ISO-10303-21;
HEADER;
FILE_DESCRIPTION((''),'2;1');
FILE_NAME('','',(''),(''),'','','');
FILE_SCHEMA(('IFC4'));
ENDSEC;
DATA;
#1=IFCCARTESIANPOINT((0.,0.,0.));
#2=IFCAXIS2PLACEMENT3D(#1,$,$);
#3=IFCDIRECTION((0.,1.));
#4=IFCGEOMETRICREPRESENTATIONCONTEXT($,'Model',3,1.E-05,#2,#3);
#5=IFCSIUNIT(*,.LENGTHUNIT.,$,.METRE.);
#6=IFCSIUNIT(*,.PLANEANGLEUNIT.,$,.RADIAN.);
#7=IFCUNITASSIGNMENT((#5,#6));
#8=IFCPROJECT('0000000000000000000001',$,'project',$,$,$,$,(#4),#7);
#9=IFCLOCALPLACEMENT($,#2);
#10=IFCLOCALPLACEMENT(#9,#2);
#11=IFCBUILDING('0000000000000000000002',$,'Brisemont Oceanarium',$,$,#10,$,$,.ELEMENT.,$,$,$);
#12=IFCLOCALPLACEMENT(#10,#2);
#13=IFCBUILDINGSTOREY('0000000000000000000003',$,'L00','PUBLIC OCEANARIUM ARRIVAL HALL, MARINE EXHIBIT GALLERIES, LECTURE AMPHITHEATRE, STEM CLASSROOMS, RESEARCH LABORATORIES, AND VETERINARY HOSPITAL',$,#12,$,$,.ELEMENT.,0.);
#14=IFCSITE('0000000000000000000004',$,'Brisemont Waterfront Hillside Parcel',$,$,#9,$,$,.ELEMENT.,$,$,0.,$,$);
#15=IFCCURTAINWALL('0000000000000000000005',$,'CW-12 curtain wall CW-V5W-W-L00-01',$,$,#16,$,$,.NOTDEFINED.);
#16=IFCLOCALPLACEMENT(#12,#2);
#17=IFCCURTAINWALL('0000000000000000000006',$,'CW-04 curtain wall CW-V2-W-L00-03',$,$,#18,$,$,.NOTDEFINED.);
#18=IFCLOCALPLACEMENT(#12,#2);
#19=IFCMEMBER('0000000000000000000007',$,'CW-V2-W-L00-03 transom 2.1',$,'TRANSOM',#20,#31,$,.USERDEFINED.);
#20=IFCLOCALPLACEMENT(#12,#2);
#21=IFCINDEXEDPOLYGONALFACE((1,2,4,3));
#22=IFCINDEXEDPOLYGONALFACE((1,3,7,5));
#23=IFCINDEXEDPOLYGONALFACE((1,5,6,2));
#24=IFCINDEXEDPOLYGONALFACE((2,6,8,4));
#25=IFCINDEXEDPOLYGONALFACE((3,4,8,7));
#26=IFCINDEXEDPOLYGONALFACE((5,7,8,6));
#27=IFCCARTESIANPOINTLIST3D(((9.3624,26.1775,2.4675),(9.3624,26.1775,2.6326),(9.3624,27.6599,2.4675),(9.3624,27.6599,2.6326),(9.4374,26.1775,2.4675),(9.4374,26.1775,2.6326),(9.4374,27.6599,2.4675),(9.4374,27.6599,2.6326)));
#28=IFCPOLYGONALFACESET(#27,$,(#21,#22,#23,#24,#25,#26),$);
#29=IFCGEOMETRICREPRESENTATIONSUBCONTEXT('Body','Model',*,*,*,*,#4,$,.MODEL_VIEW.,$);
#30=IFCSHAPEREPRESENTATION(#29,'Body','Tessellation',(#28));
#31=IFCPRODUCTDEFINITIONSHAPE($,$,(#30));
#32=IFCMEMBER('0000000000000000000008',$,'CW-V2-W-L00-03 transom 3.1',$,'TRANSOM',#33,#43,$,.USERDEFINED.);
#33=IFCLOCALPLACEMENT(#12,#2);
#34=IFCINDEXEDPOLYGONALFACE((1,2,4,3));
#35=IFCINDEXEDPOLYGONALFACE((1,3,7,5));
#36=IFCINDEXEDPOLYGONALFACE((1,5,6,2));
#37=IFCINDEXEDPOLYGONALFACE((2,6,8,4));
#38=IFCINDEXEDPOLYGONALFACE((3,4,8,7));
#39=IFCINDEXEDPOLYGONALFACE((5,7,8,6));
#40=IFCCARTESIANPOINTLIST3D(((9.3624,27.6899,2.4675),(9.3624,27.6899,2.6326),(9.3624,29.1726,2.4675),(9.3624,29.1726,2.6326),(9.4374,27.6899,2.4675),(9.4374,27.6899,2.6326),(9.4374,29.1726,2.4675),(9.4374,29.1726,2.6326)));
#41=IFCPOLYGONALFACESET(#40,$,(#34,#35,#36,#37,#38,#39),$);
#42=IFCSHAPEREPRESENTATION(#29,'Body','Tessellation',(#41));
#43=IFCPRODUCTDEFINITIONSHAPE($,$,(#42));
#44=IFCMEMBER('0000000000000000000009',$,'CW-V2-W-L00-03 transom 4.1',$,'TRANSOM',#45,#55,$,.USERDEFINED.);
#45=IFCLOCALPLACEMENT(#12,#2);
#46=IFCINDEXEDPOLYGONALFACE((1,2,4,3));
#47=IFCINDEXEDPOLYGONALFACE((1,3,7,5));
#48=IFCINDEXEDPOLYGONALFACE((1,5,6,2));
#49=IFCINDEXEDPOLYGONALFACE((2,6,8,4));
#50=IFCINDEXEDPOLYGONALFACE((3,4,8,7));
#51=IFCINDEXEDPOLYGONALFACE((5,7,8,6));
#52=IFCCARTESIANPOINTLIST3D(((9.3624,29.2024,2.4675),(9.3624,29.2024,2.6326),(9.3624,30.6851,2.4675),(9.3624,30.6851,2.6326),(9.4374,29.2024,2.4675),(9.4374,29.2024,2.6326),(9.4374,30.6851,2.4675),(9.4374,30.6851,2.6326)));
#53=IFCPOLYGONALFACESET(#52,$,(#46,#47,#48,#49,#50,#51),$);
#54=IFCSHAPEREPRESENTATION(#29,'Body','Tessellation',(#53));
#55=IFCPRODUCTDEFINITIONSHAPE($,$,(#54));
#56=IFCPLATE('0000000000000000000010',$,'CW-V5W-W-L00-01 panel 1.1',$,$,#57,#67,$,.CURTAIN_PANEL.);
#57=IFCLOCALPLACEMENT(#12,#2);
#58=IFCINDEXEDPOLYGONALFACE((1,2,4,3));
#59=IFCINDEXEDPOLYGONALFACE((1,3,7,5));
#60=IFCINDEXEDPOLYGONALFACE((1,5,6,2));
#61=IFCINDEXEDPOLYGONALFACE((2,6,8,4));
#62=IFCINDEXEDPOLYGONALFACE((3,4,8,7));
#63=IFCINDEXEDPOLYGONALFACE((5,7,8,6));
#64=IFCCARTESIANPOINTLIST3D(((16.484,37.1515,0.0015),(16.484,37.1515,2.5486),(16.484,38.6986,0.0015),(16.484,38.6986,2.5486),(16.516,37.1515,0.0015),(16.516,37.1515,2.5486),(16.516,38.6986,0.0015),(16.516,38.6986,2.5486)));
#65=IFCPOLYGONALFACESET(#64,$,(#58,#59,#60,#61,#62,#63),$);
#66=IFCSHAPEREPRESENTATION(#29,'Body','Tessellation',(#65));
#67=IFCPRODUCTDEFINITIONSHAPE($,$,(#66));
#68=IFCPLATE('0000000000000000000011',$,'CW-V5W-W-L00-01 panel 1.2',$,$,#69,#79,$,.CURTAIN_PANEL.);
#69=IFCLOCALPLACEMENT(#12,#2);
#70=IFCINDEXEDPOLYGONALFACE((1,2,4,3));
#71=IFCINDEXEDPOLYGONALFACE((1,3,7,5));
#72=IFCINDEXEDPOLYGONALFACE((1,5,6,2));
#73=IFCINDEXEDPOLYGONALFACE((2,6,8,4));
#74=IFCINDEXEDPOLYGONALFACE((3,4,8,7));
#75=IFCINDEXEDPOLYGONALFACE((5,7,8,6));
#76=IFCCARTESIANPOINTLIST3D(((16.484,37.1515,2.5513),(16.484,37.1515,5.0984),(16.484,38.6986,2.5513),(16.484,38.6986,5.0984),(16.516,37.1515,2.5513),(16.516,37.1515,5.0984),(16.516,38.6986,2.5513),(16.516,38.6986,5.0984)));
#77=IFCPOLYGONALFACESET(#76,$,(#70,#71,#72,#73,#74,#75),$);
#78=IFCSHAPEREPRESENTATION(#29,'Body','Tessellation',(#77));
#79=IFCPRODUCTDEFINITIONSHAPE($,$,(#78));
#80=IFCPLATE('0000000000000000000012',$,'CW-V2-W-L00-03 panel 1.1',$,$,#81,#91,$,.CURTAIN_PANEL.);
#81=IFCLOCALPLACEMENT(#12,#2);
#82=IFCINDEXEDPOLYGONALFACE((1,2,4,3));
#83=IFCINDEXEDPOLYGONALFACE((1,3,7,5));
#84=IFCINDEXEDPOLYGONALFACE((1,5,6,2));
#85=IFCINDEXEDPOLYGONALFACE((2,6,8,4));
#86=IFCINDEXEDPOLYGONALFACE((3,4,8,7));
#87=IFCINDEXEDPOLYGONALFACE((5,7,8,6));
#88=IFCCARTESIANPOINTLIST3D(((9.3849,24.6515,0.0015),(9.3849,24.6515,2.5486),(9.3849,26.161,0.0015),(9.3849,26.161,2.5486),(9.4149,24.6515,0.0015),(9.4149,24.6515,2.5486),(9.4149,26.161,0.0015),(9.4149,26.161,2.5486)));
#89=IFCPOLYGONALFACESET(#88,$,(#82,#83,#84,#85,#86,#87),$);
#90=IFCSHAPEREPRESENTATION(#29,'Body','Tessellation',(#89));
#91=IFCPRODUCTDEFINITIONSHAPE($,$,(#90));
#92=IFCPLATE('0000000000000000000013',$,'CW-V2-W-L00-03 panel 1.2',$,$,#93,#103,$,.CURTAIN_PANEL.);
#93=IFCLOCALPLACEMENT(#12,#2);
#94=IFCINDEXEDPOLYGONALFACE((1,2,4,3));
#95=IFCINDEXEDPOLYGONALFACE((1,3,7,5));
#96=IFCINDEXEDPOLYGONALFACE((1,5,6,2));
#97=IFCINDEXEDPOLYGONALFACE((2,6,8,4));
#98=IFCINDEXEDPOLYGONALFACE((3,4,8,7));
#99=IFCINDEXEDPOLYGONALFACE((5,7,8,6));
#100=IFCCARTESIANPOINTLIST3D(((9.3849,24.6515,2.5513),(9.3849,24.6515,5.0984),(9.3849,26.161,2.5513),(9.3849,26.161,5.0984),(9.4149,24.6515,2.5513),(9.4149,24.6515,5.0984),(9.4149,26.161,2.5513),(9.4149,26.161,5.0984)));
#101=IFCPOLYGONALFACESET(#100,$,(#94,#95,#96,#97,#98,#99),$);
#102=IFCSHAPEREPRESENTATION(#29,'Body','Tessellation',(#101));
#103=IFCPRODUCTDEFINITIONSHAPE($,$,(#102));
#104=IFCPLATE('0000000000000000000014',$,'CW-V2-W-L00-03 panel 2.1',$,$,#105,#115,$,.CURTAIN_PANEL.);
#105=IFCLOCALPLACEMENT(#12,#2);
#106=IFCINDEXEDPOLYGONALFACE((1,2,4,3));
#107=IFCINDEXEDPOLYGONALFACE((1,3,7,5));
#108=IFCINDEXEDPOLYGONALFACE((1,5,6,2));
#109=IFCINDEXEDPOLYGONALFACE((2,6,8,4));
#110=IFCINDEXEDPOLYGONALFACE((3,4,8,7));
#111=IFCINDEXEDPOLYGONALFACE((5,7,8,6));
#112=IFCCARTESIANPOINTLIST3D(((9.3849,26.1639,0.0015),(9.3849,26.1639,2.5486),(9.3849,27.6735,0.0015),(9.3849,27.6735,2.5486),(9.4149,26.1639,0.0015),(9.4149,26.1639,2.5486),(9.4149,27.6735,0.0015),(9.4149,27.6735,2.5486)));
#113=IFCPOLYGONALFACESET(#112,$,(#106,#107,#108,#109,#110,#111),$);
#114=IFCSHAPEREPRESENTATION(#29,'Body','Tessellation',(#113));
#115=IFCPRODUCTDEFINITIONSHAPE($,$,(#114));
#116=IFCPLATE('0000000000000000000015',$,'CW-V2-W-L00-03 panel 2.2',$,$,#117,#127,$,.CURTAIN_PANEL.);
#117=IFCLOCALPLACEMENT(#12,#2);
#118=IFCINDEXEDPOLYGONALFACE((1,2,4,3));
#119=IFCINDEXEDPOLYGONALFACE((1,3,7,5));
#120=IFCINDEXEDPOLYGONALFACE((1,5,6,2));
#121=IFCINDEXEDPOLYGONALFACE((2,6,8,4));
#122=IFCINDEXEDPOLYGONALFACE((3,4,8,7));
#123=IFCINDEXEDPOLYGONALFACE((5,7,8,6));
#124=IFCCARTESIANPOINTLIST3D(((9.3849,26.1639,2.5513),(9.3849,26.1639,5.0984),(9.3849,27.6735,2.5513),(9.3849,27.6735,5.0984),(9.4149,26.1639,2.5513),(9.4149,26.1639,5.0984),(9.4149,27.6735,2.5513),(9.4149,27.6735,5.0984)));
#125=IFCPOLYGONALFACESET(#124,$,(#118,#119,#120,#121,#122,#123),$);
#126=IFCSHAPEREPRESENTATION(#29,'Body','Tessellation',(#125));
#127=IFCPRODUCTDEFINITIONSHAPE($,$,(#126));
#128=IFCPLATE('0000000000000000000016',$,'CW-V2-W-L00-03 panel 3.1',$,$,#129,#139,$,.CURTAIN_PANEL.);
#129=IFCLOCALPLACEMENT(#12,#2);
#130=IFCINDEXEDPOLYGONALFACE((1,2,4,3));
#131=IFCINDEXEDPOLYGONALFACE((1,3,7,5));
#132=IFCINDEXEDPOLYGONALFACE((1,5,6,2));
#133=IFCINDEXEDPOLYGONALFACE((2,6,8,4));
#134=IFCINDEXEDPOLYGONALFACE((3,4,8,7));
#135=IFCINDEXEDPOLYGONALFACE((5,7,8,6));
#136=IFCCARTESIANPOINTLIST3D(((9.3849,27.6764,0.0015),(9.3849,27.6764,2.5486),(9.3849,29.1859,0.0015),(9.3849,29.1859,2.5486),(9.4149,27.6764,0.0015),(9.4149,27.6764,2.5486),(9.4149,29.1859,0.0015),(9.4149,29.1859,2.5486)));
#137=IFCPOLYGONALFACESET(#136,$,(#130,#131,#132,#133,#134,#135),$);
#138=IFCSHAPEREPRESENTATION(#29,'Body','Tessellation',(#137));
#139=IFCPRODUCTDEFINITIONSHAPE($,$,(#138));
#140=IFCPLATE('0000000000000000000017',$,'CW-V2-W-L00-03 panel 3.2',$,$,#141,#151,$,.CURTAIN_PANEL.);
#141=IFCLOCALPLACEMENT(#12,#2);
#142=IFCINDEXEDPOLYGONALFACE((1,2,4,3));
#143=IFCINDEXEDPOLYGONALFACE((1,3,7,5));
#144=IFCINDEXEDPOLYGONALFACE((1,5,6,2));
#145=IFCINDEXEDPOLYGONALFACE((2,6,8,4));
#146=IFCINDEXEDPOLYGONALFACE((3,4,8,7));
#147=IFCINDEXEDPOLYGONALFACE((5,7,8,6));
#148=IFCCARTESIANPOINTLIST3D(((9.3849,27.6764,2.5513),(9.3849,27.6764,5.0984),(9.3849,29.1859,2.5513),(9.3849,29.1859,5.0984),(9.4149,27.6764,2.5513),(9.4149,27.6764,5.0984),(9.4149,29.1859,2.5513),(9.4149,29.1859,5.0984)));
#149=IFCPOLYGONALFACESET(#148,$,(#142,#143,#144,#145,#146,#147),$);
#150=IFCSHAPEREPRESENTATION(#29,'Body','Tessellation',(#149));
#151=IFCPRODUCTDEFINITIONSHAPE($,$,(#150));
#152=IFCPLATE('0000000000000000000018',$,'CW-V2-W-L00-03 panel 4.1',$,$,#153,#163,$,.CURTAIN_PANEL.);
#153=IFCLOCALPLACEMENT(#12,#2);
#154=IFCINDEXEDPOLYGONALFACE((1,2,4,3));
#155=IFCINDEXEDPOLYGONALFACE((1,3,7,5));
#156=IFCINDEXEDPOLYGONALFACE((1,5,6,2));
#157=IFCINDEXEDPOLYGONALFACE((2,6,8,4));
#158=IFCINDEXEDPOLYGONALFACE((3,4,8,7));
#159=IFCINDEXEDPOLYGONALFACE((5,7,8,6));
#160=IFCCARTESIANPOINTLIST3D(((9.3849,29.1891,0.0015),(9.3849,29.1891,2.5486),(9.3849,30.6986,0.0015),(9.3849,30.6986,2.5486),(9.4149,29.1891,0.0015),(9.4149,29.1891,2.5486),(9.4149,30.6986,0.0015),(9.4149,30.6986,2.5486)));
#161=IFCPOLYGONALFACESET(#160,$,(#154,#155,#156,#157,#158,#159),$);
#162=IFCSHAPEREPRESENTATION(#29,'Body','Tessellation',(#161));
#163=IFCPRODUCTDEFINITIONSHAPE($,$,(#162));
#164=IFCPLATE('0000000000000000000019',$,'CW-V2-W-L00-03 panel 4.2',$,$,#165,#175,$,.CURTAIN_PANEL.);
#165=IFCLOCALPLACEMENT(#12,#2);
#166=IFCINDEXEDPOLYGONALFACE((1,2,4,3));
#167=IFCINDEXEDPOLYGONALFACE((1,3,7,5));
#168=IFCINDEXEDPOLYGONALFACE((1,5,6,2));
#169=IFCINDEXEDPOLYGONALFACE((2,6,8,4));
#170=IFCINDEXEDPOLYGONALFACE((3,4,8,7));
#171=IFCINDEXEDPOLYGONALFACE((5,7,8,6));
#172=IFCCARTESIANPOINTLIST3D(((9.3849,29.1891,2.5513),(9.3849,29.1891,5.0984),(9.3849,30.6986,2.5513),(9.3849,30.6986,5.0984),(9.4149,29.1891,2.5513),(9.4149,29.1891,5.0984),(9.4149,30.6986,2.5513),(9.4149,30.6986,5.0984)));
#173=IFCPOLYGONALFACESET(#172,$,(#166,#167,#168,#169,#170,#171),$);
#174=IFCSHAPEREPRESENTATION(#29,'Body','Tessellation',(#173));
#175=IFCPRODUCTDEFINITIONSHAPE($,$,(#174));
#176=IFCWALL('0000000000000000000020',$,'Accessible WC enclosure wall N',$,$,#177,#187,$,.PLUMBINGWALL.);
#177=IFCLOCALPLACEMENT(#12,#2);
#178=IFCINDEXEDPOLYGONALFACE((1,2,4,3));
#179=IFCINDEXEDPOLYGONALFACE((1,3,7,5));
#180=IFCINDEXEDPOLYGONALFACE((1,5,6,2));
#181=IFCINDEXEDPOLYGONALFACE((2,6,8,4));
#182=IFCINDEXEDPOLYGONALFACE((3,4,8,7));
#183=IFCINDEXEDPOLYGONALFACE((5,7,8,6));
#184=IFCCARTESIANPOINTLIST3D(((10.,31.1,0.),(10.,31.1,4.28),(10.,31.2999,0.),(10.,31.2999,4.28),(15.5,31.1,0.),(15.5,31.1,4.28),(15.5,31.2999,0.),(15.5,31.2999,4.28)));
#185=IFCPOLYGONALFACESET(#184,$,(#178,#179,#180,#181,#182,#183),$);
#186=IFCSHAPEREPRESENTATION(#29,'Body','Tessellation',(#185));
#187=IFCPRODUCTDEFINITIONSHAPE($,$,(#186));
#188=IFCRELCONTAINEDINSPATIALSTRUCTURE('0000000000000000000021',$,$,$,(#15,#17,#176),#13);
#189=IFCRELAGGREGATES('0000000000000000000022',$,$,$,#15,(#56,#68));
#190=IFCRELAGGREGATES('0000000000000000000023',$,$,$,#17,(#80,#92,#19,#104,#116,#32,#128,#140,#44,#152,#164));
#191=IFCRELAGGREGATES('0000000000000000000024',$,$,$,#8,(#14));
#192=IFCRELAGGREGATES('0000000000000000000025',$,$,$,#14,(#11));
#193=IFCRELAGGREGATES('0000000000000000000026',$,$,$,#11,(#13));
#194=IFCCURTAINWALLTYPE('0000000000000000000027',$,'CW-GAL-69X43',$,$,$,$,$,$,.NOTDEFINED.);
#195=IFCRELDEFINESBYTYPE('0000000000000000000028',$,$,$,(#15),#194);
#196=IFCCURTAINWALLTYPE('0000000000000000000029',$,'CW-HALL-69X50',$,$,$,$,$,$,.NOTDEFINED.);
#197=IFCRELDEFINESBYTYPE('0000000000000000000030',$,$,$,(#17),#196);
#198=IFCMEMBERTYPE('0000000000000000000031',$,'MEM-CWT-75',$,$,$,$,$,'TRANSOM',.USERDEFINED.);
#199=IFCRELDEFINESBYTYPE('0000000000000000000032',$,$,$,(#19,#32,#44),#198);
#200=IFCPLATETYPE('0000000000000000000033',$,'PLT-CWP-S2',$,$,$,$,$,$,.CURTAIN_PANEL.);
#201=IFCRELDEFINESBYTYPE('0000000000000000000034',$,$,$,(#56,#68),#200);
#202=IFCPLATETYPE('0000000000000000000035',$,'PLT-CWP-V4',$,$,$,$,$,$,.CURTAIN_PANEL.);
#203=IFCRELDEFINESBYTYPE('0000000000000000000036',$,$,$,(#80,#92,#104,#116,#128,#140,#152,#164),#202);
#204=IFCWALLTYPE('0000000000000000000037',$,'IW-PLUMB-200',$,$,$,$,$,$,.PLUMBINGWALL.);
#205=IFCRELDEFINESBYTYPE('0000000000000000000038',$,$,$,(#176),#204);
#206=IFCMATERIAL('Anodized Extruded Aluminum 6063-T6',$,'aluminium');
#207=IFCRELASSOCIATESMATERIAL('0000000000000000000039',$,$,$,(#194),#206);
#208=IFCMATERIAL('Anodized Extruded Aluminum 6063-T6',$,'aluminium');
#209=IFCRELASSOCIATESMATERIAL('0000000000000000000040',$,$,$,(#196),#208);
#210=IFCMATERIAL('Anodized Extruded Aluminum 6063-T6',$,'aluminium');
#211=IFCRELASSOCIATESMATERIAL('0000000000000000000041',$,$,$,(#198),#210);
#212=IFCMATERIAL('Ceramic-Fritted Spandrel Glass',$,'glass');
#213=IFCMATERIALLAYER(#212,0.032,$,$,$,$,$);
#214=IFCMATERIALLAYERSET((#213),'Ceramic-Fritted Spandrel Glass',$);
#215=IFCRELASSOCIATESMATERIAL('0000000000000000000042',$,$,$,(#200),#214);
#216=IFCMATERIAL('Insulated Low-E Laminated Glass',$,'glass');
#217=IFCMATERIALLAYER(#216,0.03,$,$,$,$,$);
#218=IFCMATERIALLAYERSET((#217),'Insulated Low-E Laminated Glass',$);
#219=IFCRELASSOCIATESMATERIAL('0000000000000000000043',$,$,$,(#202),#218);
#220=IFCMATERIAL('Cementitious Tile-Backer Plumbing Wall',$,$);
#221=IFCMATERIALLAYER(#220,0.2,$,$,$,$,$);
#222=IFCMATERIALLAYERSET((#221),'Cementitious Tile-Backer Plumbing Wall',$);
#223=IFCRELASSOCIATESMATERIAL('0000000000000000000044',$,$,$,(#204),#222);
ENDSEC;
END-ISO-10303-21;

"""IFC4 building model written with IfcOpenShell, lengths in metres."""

from ifc_helpers import new_model, si_unit, direction, frame, frame_2d, origin, origin_2d, place, context, subcontext, project, spatial, rectangle, extrude, material, layer, layer_set, material_profile, profile_set, type_object, element, aggregate, save


model = new_model("IFC4")

# Units and contexts
model_context = context("Model", 3, precision=1e-05, world=origin(), true_north=direction((0.0, 1.0)))
body_context = subcontext(model_context, "Body", "Model", "MODEL_VIEW")
ifc_project = project(units=[si_unit("LENGTHUNIT", "METRE"), si_unit("PLANEANGLEUNIT", "RADIAN")], contexts=[model_context])

# Site, building, storey
site_placement = place(None, origin())
site = spatial("IfcSite", under=ifc_project, at=site_placement, Name="Brisemont Waterfront Hillside Parcel", CompositionType="ELEMENT", RefElevation=0.0)
building_placement = place(site_placement, origin())
building = spatial("IfcBuilding", under=site, at=building_placement, Name="Brisemont Oceanarium", CompositionType="ELEMENT")
storey_placement = place(building_placement, origin())
storey = spatial("IfcBuildingStorey", under=building, at=storey_placement, Name="L00", Description="PUBLIC OCEANARIUM ARRIVAL HALL, MARINE EXHIBIT GALLERIES, LECTURE AMPHITHEATRE, STEM CLASSROOMS, RESEARCH LABORATORIES, AND VETERINARY HOSPITAL", CompositionType="ELEMENT", Elevation=0.0)

# Curtain walls
ifc_material_1 = material(Name="Anodized Extruded Aluminum 6063-T6", Category="aluminium")
curtain_wall_type_1 = type_object("IfcCurtainWallType", Name="CW-GAL-69X43", PredefinedType="NOTDEFINED", material=ifc_material_1)
curtain_wall_1_placement = place(storey_placement, origin())
curtain_wall_1 = element("IfcCurtainWall", 1, at=curtain_wall_1_placement, inside=storey, type_object=curtain_wall_type_1, Name="CW-12 curtain wall CW-V5W-W-L00-01", PredefinedType="NOTDEFINED")
ifc_material_2 = material(Name="Anodized Extruded Aluminum 6063-T6", Category="aluminium")
curtain_wall_type_2 = type_object("IfcCurtainWallType", Name="CW-HALL-69X50", PredefinedType="NOTDEFINED", material=ifc_material_2)
curtain_wall_2_placement = place(storey_placement, origin())
curtain_wall_2 = element("IfcCurtainWall", 2, at=curtain_wall_2_placement, inside=storey, type_object=curtain_wall_type_2, Name="CW-04 curtain wall CW-V2-W-L00-03", PredefinedType="NOTDEFINED")

# Members
ifc_material_3 = material(Name="Anodized Extruded Aluminum 6063-T6", Category="aluminium")
ifc_material_profile_1 = material_profile(ifc_material_3, rectangle(XDim=0.075, YDim=0.165, at=origin_2d()), Name="CWT-75X165")
ifc_profile_set_1 = profile_set([ifc_material_profile_1], Name="Anodized Extruded Aluminum 6063-T6")
member_type_1 = type_object("IfcMemberType", Name="MEM-CWT-75", ElementType="TRANSOM", PredefinedType="USERDEFINED", material=ifc_profile_set_1)
member_1_placement = place(storey_placement, frame((9.3999, 26.1775, 2.55), z_axis=(0.0, 1.0, 0.0), x_axis=(-1.0, 0.0, 0.0)))
member_1 = element("IfcMember", 3, at=member_1_placement, type_object=member_type_1, Name="CW-V2-W-L00-03 transom 2.1", ObjectType="TRANSOM", PredefinedType="USERDEFINED", context=body_context, shape_type="SweptSolid", body=[
    extrude(rectangle(XDim=0.075, YDim=0.165, at=origin_2d()), origin(), (0.0, 0.0, 1.0), 1.4824),
])
member_2_placement = place(storey_placement, frame((9.3999, 27.6899, 2.55), z_axis=(0.0, 1.0, 0.0), x_axis=(-1.0, 0.0, 0.0)))
member_2 = element("IfcMember", 4, at=member_2_placement, type_object=member_type_1, Name="CW-V2-W-L00-03 transom 3.1", ObjectType="TRANSOM", PredefinedType="USERDEFINED", context=body_context, shape_type="SweptSolid", body=[
    extrude(rectangle(XDim=0.075, YDim=0.165, at=origin_2d()), origin(), (0.0, 0.0, 1.0), 1.4827),
])
member_3_placement = place(storey_placement, frame((9.3999, 29.2024, 2.55), z_axis=(0.0, 1.0, 0.0), x_axis=(-1.0, 0.0, 0.0)))
member_3 = element("IfcMember", 5, at=member_3_placement, type_object=member_type_1, Name="CW-V2-W-L00-03 transom 4.1", ObjectType="TRANSOM", PredefinedType="USERDEFINED", context=body_context, shape_type="SweptSolid", body=[
    extrude(rectangle(XDim=0.075, YDim=0.165, at=origin_2d()), origin(), (0.0, 0.0, 1.0), 1.4827),
])

# Plates
ifc_material_4 = material(Name="Ceramic-Fritted Spandrel Glass", Category="glass")
ifc_layer_1 = layer(ifc_material_4, 0.032)
ifc_layer_set_1 = layer_set([ifc_layer_1], Name="Ceramic-Fritted Spandrel Glass")
plate_type_1 = type_object("IfcPlateType", Name="PLT-CWP-S2", PredefinedType="CURTAIN_PANEL", material=ifc_layer_set_1)
plate_1_placement = place(storey_placement, frame((16.5, 37.925, 0.0015), z_axis=(0.0, 0.0, 1.0), x_axis=(0.0, 1.0, 0.0)))
plate_1 = element("IfcPlate", 6, at=plate_1_placement, type_object=plate_type_1, Name="CW-V5W-W-L00-01 panel 1.1", PredefinedType="CURTAIN_PANEL", context=body_context, shape_type="SweptSolid", body=[
    extrude(rectangle(XDim=1.5471, YDim=0.032, at=origin_2d()), origin(), (0.0, 0.0, 1.0), 2.5471),
])
plate_2_placement = place(storey_placement, frame((16.5, 37.925, 2.5513), z_axis=(0.0, 0.0, 1.0), x_axis=(0.0, 1.0, 0.0)))
plate_2 = element("IfcPlate", 7, at=plate_2_placement, type_object=plate_type_1, Name="CW-V5W-W-L00-01 panel 1.2", PredefinedType="CURTAIN_PANEL", context=body_context, shape_type="SweptSolid", body=[
    extrude(rectangle(XDim=1.5471, YDim=0.032, at=origin_2d()), origin(), (0.0, 0.0, 1.0), 2.5471),
])
aggregate(curtain_wall_1, [plate_1, plate_2])
ifc_material_5 = material(Name="Insulated Low-E Laminated Glass", Category="glass")
ifc_layer_2 = layer(ifc_material_5, 0.03)
ifc_layer_set_2 = layer_set([ifc_layer_2], Name="Insulated Low-E Laminated Glass")
plate_type_2 = type_object("IfcPlateType", Name="PLT-CWP-V4", PredefinedType="CURTAIN_PANEL", material=ifc_layer_set_2)
plate_3_placement = place(storey_placement, frame((9.3999, 25.4062, 0.0015), z_axis=(0.0, 0.0, 1.0), x_axis=(0.0, 1.0, 0.0)))
plate_3 = element("IfcPlate", 8, at=plate_3_placement, type_object=plate_type_2, Name="CW-V2-W-L00-03 panel 1.1", PredefinedType="CURTAIN_PANEL", context=body_context, shape_type="SweptSolid", body=[
    extrude(rectangle(XDim=1.5095, YDim=0.03, at=origin_2d()), origin(), (0.0, 0.0, 1.0), 2.5471),
])
plate_4_placement = place(storey_placement, frame((9.3999, 25.4062, 2.5513), z_axis=(0.0, 0.0, 1.0), x_axis=(0.0, 1.0, 0.0)))
plate_4 = element("IfcPlate", 9, at=plate_4_placement, type_object=plate_type_2, Name="CW-V2-W-L00-03 panel 1.2", PredefinedType="CURTAIN_PANEL", context=body_context, shape_type="SweptSolid", body=[
    extrude(rectangle(XDim=1.5095, YDim=0.03, at=origin_2d()), origin(), (0.0, 0.0, 1.0), 2.5471),
])
plate_5_placement = place(storey_placement, frame((9.3999, 26.9187, 0.0015), z_axis=(0.0, 0.0, 1.0), x_axis=(0.0, 1.0, 0.0)))
plate_5 = element("IfcPlate", 10, at=plate_5_placement, type_object=plate_type_2, Name="CW-V2-W-L00-03 panel 2.1", PredefinedType="CURTAIN_PANEL", context=body_context, shape_type="SweptSolid", body=[
    extrude(rectangle(XDim=1.5095, YDim=0.03, at=origin_2d()), origin(), (0.0, 0.0, 1.0), 2.5471),
])
plate_6_placement = place(storey_placement, frame((9.3999, 26.9187, 2.5513), z_axis=(0.0, 0.0, 1.0), x_axis=(0.0, 1.0, 0.0)))
plate_6 = element("IfcPlate", 11, at=plate_6_placement, type_object=plate_type_2, Name="CW-V2-W-L00-03 panel 2.2", PredefinedType="CURTAIN_PANEL", context=body_context, shape_type="SweptSolid", body=[
    extrude(rectangle(XDim=1.5095, YDim=0.03, at=origin_2d()), origin(), (0.0, 0.0, 1.0), 2.5471),
])
plate_7_placement = place(storey_placement, frame((9.3999, 28.4312, 0.0015), z_axis=(0.0, 0.0, 1.0), x_axis=(0.0, 1.0, 0.0)))
plate_7 = element("IfcPlate", 12, at=plate_7_placement, type_object=plate_type_2, Name="CW-V2-W-L00-03 panel 3.1", PredefinedType="CURTAIN_PANEL", context=body_context, shape_type="SweptSolid", body=[
    extrude(rectangle(XDim=1.5095, YDim=0.03, at=origin_2d()), origin(), (0.0, 0.0, 1.0), 2.5471),
])
plate_8_placement = place(storey_placement, frame((9.3999, 28.4312, 2.5513), z_axis=(0.0, 0.0, 1.0), x_axis=(0.0, 1.0, 0.0)))
plate_8 = element("IfcPlate", 13, at=plate_8_placement, type_object=plate_type_2, Name="CW-V2-W-L00-03 panel 3.2", PredefinedType="CURTAIN_PANEL", context=body_context, shape_type="SweptSolid", body=[
    extrude(rectangle(XDim=1.5095, YDim=0.03, at=origin_2d()), origin(), (0.0, 0.0, 1.0), 2.5471),
])
plate_9_placement = place(storey_placement, frame((9.3999, 29.9438, 0.0015), z_axis=(0.0, 0.0, 1.0), x_axis=(0.0, 1.0, 0.0)))
plate_9 = element("IfcPlate", 14, at=plate_9_placement, type_object=plate_type_2, Name="CW-V2-W-L00-03 panel 4.1", PredefinedType="CURTAIN_PANEL", context=body_context, shape_type="SweptSolid", body=[
    extrude(rectangle(XDim=1.5095, YDim=0.03, at=origin_2d()), origin(), (0.0, 0.0, 1.0), 2.5471),
])
plate_10_placement = place(storey_placement, frame((9.3999, 29.9438, 2.5513), z_axis=(0.0, 0.0, 1.0), x_axis=(0.0, 1.0, 0.0)))
plate_10 = element("IfcPlate", 15, at=plate_10_placement, type_object=plate_type_2, Name="CW-V2-W-L00-03 panel 4.2", PredefinedType="CURTAIN_PANEL", context=body_context, shape_type="SweptSolid", body=[
    extrude(rectangle(XDim=1.5095, YDim=0.03, at=origin_2d()), origin(), (0.0, 0.0, 1.0), 2.5471),
])
aggregate(curtain_wall_2, [plate_3, plate_4, member_1, plate_5, plate_6, member_2, plate_7, plate_8, member_3, plate_9, plate_10])

# Wall
ifc_material_6 = material(Name="Cementitious Tile-Backer Plumbing Wall")
ifc_layer_3 = layer(ifc_material_6, 0.2)
ifc_layer_set_3 = layer_set([ifc_layer_3], Name="Cementitious Tile-Backer Plumbing Wall")
wall_type = type_object("IfcWallType", Name="IW-PLUMB-200", PredefinedType="PLUMBINGWALL", material=ifc_layer_set_3)
wall_1_placement = place(storey_placement, frame((10.0, 31.2, 0.0), z_axis=(0.0, 0.0, 1.0), x_axis=(1.0, 0.0, 0.0)))
element("IfcWall", 16, at=wall_1_placement, inside=storey, type_object=wall_type, Name="Accessible WC enclosure wall N", PredefinedType="PLUMBINGWALL", context=body_context, shape_type="SweptSolid", body=[
    extrude(rectangle(XDim=5.5, YDim=0.2, at=frame_2d((2.75, 0.0))), origin(), (0.0, 0.0, 1.0), 4.28),
])

save(model, "model.ifc")
